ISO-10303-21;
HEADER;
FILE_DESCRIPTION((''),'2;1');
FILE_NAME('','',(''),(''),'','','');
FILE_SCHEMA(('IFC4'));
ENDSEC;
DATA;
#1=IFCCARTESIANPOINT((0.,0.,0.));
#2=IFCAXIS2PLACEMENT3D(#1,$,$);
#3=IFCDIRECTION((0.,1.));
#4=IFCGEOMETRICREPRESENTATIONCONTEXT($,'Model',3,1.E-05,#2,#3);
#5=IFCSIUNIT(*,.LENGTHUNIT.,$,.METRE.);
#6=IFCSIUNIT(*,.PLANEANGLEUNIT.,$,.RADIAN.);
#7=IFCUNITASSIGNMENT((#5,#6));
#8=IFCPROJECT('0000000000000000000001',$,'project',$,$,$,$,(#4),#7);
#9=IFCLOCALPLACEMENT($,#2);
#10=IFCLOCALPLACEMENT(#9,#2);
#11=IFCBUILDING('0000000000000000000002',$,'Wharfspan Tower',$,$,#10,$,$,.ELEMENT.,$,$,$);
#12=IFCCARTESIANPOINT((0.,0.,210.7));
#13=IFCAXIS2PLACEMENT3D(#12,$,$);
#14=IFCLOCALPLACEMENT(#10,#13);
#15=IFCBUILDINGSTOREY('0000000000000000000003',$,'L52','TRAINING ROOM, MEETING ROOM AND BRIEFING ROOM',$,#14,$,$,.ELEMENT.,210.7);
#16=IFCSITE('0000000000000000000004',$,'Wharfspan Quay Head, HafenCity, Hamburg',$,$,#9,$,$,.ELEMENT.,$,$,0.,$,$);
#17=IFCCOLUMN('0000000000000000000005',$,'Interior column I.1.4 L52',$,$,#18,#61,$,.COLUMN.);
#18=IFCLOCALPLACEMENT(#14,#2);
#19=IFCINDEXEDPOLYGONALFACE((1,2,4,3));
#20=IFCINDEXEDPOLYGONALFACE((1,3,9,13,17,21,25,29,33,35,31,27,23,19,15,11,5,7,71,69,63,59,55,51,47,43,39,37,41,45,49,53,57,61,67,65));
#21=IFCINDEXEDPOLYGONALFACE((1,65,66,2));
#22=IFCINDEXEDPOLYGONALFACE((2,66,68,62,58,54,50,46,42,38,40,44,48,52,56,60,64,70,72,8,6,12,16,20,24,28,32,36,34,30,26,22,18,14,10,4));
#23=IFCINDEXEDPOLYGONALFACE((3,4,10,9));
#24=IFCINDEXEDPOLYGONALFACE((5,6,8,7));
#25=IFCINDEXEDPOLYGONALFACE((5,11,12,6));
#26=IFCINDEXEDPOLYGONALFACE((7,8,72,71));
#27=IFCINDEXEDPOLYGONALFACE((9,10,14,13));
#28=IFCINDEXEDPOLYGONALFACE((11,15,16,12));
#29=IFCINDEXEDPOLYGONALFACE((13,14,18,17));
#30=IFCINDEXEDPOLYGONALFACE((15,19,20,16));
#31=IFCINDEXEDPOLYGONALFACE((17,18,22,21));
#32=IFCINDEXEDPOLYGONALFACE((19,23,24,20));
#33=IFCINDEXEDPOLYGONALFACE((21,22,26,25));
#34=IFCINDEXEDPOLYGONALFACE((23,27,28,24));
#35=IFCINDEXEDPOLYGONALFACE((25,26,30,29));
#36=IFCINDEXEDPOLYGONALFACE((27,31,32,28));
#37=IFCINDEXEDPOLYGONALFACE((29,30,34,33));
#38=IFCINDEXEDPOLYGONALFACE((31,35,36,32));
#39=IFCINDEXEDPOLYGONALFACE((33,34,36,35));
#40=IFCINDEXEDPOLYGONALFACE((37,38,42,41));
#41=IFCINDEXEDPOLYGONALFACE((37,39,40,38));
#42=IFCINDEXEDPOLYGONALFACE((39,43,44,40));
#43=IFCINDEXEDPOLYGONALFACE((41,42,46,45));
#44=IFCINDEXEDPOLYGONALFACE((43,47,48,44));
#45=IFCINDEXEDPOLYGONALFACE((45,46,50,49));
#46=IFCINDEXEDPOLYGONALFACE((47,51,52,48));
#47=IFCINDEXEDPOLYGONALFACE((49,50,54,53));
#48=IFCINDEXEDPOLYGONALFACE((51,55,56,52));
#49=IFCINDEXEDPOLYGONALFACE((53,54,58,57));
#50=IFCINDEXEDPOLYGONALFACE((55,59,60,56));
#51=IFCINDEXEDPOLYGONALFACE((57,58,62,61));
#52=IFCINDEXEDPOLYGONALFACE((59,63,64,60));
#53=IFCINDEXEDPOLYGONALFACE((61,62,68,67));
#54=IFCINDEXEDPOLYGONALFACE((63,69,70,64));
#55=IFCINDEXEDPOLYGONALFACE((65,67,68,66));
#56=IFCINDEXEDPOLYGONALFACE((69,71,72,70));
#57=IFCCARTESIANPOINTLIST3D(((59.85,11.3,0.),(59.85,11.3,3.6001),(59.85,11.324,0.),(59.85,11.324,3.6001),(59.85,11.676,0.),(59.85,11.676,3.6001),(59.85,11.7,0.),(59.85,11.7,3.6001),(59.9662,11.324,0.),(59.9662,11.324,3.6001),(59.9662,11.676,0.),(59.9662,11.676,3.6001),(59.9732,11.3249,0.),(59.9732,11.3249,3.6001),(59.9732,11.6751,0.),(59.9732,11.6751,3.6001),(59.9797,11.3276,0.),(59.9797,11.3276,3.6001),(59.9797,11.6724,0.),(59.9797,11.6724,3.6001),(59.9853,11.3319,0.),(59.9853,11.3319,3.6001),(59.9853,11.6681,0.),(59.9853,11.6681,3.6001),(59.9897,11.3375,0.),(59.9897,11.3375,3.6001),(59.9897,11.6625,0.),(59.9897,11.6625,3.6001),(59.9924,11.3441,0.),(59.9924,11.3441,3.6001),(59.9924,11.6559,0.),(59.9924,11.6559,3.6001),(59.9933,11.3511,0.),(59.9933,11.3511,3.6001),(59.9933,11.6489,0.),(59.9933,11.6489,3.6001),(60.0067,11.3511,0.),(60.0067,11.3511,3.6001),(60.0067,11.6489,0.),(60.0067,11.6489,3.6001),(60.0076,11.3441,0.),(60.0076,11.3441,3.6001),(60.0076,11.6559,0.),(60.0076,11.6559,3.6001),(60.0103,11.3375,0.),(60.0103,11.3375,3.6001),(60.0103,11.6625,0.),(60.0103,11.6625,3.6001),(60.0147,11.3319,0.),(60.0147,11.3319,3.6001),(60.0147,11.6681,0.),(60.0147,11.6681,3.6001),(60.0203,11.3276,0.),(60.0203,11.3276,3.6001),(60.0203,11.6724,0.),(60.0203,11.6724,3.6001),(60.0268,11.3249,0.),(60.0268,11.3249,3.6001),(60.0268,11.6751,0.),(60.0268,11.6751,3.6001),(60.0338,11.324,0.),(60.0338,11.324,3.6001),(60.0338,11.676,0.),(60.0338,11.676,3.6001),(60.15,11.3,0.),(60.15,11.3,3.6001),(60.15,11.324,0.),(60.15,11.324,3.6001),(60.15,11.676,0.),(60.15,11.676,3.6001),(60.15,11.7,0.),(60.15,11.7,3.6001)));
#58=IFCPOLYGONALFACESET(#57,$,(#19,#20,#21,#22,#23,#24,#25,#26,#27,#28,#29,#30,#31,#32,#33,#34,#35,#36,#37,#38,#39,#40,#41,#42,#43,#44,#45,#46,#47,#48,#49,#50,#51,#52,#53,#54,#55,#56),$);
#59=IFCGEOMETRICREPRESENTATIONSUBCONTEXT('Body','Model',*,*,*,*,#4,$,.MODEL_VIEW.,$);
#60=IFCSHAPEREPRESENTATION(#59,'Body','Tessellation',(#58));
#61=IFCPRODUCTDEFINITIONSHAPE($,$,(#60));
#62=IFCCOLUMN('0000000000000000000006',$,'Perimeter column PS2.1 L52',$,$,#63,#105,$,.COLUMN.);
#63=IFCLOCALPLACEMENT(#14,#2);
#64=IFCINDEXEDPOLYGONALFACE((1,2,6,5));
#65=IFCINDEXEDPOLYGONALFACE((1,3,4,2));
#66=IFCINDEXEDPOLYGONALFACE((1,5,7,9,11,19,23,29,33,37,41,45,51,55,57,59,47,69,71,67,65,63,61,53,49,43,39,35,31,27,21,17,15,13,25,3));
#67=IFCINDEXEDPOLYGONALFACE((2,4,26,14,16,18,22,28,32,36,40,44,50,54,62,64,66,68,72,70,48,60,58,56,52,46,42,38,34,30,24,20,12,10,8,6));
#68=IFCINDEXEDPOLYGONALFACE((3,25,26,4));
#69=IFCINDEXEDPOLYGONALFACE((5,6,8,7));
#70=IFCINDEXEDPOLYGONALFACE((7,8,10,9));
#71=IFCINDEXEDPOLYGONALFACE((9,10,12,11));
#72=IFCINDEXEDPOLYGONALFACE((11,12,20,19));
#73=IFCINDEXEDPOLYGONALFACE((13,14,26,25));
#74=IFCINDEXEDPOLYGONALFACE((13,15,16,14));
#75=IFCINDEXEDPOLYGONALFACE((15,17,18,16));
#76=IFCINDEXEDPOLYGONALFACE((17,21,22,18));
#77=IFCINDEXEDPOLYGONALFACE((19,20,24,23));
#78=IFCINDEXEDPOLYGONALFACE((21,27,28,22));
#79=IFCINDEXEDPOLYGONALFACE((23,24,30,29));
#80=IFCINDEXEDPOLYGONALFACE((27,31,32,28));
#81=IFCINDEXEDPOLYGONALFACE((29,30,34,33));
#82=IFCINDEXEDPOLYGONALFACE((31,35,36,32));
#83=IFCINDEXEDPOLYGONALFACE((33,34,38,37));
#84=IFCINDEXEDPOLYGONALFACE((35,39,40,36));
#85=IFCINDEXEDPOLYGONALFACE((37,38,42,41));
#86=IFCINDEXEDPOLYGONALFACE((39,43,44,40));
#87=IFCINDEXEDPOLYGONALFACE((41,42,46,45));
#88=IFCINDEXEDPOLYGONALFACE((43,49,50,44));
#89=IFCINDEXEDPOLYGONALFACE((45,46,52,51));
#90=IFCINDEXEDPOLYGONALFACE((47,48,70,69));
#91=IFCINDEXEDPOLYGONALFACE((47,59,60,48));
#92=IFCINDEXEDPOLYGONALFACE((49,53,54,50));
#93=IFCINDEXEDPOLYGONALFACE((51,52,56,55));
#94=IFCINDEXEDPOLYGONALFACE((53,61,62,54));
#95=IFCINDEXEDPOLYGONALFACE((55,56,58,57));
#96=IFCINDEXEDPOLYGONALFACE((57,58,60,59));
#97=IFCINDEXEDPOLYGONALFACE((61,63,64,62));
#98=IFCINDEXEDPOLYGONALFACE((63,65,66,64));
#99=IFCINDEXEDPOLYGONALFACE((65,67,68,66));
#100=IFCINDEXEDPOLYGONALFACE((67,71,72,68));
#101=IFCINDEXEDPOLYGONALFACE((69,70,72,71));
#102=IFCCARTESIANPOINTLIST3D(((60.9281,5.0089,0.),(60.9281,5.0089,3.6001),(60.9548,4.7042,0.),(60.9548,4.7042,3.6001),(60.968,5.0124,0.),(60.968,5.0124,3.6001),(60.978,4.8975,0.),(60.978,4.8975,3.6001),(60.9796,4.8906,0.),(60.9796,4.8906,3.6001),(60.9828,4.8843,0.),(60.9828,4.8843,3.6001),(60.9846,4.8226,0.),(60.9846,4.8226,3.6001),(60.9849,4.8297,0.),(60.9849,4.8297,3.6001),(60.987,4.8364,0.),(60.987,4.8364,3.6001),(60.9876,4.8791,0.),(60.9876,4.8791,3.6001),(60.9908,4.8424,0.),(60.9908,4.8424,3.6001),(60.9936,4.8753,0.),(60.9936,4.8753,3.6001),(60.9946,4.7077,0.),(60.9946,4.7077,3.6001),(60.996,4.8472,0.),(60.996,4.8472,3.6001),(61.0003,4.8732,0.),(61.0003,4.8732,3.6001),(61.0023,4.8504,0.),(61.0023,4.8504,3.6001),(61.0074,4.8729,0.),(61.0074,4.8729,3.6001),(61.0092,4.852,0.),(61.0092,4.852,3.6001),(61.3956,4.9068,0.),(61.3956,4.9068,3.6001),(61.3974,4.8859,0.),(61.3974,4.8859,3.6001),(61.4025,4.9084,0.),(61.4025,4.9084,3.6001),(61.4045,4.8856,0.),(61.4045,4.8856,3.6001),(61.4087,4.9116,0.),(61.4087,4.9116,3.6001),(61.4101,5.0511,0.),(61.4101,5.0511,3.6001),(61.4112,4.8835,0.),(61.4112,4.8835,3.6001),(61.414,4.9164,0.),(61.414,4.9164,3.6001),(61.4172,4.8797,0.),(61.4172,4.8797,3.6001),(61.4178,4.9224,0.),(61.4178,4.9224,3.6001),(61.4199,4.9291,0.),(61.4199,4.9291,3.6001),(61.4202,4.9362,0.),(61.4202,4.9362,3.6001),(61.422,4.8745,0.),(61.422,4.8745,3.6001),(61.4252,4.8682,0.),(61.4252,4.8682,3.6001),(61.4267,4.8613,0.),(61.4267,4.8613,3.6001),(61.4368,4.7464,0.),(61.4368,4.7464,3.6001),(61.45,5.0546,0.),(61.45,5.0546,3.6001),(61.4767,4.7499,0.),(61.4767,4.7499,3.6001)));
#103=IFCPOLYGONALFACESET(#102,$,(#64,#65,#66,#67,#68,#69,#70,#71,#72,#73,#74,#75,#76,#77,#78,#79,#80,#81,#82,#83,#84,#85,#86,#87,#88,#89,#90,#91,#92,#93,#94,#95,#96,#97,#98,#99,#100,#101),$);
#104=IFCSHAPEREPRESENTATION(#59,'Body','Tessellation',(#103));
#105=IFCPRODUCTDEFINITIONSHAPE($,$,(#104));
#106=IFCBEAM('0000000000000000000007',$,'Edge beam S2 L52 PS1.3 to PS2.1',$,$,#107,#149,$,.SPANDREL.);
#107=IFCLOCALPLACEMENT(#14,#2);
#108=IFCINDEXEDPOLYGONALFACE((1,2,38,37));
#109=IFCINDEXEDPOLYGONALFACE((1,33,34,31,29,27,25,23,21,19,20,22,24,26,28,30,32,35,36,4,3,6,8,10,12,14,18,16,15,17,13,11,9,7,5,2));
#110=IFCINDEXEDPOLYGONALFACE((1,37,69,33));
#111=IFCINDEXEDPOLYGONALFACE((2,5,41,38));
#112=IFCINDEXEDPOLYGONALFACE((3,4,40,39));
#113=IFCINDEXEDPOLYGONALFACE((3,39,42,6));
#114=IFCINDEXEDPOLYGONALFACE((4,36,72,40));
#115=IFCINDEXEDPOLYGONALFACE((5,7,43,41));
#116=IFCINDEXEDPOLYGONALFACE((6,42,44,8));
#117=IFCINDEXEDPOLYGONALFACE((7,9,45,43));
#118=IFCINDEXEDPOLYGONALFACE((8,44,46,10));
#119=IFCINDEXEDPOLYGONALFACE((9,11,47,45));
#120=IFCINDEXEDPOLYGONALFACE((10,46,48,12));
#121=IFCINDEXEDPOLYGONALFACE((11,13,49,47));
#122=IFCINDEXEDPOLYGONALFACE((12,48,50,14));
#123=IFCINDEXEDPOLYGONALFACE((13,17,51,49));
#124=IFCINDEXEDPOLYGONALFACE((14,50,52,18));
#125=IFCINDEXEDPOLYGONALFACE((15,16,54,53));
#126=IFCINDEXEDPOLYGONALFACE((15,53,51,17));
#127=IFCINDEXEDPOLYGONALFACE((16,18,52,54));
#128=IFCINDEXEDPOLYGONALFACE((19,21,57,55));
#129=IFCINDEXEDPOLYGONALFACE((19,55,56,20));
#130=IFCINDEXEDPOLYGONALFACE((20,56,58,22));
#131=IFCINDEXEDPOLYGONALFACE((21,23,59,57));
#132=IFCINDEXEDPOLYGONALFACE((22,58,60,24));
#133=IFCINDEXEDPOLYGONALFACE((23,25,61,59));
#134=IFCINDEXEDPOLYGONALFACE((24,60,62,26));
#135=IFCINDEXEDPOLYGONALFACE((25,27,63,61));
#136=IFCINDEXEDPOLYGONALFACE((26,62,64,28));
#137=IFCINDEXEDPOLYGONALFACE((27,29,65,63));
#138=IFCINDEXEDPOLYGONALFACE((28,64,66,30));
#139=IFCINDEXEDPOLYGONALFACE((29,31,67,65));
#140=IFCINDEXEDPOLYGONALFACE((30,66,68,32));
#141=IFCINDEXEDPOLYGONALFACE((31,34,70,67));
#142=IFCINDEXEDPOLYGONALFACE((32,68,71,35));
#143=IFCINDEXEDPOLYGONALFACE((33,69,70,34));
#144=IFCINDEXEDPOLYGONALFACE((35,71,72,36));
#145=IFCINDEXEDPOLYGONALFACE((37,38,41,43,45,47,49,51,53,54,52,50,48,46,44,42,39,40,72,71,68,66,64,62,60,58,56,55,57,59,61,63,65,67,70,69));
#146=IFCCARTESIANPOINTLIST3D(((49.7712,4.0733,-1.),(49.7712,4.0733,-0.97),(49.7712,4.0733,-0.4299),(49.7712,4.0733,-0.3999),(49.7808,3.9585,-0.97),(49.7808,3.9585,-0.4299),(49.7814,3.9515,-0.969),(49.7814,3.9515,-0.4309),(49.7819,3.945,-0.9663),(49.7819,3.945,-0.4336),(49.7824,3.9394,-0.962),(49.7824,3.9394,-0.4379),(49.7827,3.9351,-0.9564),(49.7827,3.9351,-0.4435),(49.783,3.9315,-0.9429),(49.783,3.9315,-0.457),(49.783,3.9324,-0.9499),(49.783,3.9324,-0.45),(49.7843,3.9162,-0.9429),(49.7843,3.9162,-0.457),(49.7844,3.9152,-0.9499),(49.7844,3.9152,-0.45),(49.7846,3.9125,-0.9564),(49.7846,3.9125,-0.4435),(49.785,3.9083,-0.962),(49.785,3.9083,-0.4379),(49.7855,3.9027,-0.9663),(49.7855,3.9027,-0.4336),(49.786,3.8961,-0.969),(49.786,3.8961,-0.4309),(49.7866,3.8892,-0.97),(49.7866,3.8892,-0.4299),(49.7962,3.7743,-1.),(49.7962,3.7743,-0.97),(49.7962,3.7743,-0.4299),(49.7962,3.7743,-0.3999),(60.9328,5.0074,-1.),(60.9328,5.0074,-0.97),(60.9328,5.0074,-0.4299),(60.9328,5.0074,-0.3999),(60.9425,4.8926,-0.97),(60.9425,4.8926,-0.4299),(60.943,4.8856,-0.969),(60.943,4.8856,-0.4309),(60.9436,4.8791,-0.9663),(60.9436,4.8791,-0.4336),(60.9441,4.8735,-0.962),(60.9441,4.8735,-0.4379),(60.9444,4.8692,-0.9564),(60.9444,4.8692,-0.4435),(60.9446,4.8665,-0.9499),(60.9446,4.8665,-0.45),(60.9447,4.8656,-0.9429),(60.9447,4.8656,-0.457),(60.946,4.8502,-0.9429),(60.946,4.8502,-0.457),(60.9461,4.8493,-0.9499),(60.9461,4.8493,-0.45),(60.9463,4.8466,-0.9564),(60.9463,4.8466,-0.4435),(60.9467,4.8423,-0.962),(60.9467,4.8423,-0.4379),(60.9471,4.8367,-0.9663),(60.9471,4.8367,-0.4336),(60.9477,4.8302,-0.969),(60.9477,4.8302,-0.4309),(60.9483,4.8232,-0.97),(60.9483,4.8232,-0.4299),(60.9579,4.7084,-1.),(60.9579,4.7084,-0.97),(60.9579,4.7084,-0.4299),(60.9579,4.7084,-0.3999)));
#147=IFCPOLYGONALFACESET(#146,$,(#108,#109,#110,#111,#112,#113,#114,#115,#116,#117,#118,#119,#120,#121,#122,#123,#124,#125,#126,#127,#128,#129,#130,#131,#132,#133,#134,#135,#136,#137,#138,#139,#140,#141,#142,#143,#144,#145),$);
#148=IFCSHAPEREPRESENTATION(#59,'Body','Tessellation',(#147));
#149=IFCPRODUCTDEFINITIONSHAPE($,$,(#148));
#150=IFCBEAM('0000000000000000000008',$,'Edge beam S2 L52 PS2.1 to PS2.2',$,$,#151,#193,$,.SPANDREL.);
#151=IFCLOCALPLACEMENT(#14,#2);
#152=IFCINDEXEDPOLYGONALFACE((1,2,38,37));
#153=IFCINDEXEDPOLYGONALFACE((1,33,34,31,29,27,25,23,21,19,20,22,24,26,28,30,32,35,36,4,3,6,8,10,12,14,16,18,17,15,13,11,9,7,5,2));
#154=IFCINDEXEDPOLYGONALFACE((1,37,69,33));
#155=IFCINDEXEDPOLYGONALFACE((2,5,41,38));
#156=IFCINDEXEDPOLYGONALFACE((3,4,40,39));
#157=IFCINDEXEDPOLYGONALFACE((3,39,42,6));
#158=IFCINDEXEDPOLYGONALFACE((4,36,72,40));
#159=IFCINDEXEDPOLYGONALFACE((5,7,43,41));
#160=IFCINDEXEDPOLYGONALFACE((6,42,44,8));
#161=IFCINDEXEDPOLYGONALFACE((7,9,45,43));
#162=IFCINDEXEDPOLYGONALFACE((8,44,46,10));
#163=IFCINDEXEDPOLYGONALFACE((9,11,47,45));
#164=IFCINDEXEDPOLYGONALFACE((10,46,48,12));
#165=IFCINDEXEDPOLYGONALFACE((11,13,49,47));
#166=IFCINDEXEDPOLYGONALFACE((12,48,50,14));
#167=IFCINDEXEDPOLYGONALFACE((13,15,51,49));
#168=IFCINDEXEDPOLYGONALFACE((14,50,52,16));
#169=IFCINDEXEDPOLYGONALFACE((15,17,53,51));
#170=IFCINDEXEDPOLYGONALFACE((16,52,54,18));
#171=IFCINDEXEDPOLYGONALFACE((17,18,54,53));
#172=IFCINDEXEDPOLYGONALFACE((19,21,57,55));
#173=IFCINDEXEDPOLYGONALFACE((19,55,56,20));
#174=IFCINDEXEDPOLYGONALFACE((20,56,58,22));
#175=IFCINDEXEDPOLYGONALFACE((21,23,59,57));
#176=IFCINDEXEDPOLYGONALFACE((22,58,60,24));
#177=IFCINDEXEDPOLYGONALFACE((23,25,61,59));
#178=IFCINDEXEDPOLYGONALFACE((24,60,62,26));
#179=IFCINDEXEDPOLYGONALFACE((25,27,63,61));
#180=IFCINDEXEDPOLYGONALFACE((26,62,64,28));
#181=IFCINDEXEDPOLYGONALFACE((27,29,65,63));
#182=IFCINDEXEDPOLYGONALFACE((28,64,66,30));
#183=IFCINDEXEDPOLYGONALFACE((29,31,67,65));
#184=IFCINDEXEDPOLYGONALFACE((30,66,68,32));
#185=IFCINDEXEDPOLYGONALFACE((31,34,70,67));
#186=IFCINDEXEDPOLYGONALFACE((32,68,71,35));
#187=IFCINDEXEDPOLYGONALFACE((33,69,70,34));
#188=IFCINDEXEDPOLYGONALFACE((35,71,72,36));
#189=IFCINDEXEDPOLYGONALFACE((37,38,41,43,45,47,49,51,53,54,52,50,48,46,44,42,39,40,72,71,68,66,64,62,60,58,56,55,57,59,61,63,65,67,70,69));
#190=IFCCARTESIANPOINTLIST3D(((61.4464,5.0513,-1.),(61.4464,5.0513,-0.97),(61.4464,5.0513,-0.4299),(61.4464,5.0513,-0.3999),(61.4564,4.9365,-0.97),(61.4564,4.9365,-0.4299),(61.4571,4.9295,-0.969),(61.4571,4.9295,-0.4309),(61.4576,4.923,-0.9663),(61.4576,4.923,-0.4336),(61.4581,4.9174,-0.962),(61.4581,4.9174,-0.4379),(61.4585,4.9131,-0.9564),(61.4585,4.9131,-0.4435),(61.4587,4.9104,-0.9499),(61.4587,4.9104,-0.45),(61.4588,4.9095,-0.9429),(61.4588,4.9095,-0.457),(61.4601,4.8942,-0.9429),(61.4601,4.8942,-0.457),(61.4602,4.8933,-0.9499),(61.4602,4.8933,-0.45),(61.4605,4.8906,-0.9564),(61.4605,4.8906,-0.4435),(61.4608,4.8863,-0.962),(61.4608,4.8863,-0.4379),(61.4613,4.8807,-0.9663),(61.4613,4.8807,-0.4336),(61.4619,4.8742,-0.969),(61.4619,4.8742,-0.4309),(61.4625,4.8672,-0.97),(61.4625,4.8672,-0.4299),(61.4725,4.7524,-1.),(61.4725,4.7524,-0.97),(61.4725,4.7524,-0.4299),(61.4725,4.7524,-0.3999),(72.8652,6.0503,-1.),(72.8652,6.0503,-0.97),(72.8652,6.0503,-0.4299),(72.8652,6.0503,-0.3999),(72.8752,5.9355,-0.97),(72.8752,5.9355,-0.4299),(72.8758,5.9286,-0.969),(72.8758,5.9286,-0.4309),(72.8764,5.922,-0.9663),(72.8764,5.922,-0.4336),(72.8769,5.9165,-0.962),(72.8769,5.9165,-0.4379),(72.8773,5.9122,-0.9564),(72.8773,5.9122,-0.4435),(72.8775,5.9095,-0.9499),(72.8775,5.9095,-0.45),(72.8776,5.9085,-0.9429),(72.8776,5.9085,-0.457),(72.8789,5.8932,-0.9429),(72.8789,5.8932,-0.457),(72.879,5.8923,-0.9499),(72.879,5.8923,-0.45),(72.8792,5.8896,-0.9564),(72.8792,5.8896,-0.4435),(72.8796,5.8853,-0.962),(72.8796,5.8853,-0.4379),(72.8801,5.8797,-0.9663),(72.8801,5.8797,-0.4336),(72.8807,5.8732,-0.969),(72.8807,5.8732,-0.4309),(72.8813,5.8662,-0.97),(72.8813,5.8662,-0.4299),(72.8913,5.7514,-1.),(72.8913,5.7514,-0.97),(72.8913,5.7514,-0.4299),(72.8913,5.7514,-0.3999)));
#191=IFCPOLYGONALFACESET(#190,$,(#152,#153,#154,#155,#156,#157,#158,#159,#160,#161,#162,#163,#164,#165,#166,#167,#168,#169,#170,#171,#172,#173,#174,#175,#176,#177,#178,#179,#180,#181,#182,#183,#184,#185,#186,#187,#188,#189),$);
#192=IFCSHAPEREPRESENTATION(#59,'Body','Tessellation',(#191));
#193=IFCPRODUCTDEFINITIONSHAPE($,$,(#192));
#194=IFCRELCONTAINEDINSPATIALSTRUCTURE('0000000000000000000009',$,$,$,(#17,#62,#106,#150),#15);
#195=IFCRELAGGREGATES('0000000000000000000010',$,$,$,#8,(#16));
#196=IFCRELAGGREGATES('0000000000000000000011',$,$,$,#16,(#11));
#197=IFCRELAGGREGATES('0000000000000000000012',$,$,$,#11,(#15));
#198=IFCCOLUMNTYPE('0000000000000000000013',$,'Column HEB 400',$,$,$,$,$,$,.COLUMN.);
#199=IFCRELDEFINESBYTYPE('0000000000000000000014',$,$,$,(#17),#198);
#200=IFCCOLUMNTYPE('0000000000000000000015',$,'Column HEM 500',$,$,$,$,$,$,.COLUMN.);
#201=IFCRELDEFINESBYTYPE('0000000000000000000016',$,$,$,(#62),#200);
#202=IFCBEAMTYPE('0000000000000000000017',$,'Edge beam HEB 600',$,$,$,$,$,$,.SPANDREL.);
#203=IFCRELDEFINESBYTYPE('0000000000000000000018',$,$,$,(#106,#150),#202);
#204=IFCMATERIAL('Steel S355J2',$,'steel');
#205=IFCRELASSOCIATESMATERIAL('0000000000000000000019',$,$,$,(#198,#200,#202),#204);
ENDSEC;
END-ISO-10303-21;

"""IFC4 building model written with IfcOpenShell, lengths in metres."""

from ifc_helpers import new_model, si_unit, direction, frame, origin, origin_2d, place, context, subcontext, project, spatial, i_section, extrude, material, material_profile, profile_set, type_object, element, save


model = new_model("IFC4")

# Units and contexts
model_context = context("Model", 3, precision=1e-05, world=origin(), true_north=direction((0.0, 1.0)))
body_context = subcontext(model_context, "Body", "Model", "MODEL_VIEW")
ifc_project = project(units=[si_unit("LENGTHUNIT", "METRE"), si_unit("PLANEANGLEUNIT", "RADIAN")], contexts=[model_context])

# Site, building, storey
site_placement = place(None, origin())
site = spatial("IfcSite", under=ifc_project, at=site_placement, Name="Wharfspan Quay Head, HafenCity, Hamburg", CompositionType="ELEMENT", RefElevation=0.0)
building_placement = place(site_placement, origin())
building = spatial("IfcBuilding", under=site, at=building_placement, Name="Wharfspan Tower", CompositionType="ELEMENT")
storey_placement = place(building_placement, frame((0.0, 0.0, 210.7)))
storey = spatial("IfcBuildingStorey", under=building, at=storey_placement, Name="L52", Description="TRAINING ROOM, MEETING ROOM AND BRIEFING ROOM", CompositionType="ELEMENT", Elevation=210.7)

# Columns
ifc_material_1 = material(Name="Steel S355J2", Category="steel")
ifc_material_profile_1 = material_profile(ifc_material_1, i_section(OverallWidth=0.3, OverallDepth=0.3999, WebThickness=0.0134, FlangeThickness=0.0239, FilletRadius=0.0271, at=origin_2d()))
ifc_profile_set_1 = profile_set([ifc_material_profile_1], Name="Steel S355J2")
column_type_1 = type_object("IfcColumnType", Name="Column HEB 400", PredefinedType="COLUMN", material=ifc_profile_set_1)
column_1_placement = place(storey_placement, frame((60.0, 11.5, 0.0), z_axis=(0.0, 0.0, 1.0), x_axis=(1.0, 0.0, 0.0)))
element("IfcColumn", 1, at=column_1_placement, inside=storey, type_object=column_type_1, Name="Interior column I.1.4 L52", PredefinedType="COLUMN", context=body_context, shape_type="SweptSolid", body=[
    extrude(i_section(OverallWidth=0.3, OverallDepth=0.3999, WebThickness=0.0134, FlangeThickness=0.0239, FilletRadius=0.0271, at=origin_2d()), origin(), (0.0, 0.0, 1.0), 3.6001),
])
ifc_material_profile_2 = material_profile(ifc_material_1, i_section(OverallWidth=0.3059, OverallDepth=0.5239, WebThickness=0.021, FlangeThickness=0.04, FilletRadius=0.0271, at=origin_2d()))
ifc_profile_set_2 = profile_set([ifc_material_profile_2], Name="Steel S355J2")
column_type_2 = type_object("IfcColumnType", Name="Column HEM 500", PredefinedType="COLUMN", material=ifc_profile_set_2)
column_2_placement = place(storey_placement, frame((61.2024, 4.8794, 0.0), z_axis=(0.0, 0.0, 1.0), x_axis=(0.087156, -0.996197, 0.0)))
element("IfcColumn", 2, at=column_2_placement, inside=storey, type_object=column_type_2, Name="Perimeter column PS2.1 L52", PredefinedType="COLUMN", context=body_context, shape_type="SweptSolid", body=[
    extrude(i_section(OverallWidth=0.3059, OverallDepth=0.5239, WebThickness=0.021, FlangeThickness=0.04, FilletRadius=0.0271, at=origin_2d()), origin(), (0.0, 0.0, 1.0), 3.6001),
])

# Beams
ifc_material_profile_3 = material_profile(ifc_material_1, i_section(OverallWidth=0.3, OverallDepth=0.6001, WebThickness=0.0154, FlangeThickness=0.03, FilletRadius=0.0271, at=origin_2d()))
ifc_profile_set_3 = profile_set([ifc_material_profile_3], Name="Steel S355J2")
beam_type = type_object("IfcBeamType", Name="Edge beam HEB 600", PredefinedType="SPANDREL", material=ifc_profile_set_3)
beam_1_placement = place(storey_placement, frame((49.7837, 3.9238, -0.7), z_axis=(0.996517, 0.083395, 0.0), x_axis=(-0.083395, 0.996517, 0.0)))
element("IfcBeam", 3, at=beam_1_placement, inside=storey, type_object=beam_type, Name="Edge beam S2 L52 PS1.3 to PS2.1", PredefinedType="SPANDREL", context=body_context, shape_type="SweptSolid", body=[
    extrude(i_section(OverallWidth=0.3, OverallDepth=0.6001, WebThickness=0.0154, FlangeThickness=0.03, FilletRadius=0.0271, at=origin_2d()), origin(), (0.0, 0.0, 1.0), 11.2007),
])
beam_2_placement = place(storey_placement, frame((61.4595, 4.9019, -0.7), z_axis=(0.996195, 0.087157, 0.0), x_axis=(-0.087157, 0.996195, 0.0)))
element("IfcBeam", 4, at=beam_2_placement, inside=storey, type_object=beam_type, Name="Edge beam S2 L52 PS2.1 to PS2.2", PredefinedType="SPANDREL", context=body_context, shape_type="SweptSolid", body=[
    extrude(i_section(OverallWidth=0.3, OverallDepth=0.6001, WebThickness=0.0154, FlangeThickness=0.03, FilletRadius=0.0271, at=origin_2d()), origin(), (0.0, 0.0, 1.0), 11.4624),
])

save(model, "model.ifc")
